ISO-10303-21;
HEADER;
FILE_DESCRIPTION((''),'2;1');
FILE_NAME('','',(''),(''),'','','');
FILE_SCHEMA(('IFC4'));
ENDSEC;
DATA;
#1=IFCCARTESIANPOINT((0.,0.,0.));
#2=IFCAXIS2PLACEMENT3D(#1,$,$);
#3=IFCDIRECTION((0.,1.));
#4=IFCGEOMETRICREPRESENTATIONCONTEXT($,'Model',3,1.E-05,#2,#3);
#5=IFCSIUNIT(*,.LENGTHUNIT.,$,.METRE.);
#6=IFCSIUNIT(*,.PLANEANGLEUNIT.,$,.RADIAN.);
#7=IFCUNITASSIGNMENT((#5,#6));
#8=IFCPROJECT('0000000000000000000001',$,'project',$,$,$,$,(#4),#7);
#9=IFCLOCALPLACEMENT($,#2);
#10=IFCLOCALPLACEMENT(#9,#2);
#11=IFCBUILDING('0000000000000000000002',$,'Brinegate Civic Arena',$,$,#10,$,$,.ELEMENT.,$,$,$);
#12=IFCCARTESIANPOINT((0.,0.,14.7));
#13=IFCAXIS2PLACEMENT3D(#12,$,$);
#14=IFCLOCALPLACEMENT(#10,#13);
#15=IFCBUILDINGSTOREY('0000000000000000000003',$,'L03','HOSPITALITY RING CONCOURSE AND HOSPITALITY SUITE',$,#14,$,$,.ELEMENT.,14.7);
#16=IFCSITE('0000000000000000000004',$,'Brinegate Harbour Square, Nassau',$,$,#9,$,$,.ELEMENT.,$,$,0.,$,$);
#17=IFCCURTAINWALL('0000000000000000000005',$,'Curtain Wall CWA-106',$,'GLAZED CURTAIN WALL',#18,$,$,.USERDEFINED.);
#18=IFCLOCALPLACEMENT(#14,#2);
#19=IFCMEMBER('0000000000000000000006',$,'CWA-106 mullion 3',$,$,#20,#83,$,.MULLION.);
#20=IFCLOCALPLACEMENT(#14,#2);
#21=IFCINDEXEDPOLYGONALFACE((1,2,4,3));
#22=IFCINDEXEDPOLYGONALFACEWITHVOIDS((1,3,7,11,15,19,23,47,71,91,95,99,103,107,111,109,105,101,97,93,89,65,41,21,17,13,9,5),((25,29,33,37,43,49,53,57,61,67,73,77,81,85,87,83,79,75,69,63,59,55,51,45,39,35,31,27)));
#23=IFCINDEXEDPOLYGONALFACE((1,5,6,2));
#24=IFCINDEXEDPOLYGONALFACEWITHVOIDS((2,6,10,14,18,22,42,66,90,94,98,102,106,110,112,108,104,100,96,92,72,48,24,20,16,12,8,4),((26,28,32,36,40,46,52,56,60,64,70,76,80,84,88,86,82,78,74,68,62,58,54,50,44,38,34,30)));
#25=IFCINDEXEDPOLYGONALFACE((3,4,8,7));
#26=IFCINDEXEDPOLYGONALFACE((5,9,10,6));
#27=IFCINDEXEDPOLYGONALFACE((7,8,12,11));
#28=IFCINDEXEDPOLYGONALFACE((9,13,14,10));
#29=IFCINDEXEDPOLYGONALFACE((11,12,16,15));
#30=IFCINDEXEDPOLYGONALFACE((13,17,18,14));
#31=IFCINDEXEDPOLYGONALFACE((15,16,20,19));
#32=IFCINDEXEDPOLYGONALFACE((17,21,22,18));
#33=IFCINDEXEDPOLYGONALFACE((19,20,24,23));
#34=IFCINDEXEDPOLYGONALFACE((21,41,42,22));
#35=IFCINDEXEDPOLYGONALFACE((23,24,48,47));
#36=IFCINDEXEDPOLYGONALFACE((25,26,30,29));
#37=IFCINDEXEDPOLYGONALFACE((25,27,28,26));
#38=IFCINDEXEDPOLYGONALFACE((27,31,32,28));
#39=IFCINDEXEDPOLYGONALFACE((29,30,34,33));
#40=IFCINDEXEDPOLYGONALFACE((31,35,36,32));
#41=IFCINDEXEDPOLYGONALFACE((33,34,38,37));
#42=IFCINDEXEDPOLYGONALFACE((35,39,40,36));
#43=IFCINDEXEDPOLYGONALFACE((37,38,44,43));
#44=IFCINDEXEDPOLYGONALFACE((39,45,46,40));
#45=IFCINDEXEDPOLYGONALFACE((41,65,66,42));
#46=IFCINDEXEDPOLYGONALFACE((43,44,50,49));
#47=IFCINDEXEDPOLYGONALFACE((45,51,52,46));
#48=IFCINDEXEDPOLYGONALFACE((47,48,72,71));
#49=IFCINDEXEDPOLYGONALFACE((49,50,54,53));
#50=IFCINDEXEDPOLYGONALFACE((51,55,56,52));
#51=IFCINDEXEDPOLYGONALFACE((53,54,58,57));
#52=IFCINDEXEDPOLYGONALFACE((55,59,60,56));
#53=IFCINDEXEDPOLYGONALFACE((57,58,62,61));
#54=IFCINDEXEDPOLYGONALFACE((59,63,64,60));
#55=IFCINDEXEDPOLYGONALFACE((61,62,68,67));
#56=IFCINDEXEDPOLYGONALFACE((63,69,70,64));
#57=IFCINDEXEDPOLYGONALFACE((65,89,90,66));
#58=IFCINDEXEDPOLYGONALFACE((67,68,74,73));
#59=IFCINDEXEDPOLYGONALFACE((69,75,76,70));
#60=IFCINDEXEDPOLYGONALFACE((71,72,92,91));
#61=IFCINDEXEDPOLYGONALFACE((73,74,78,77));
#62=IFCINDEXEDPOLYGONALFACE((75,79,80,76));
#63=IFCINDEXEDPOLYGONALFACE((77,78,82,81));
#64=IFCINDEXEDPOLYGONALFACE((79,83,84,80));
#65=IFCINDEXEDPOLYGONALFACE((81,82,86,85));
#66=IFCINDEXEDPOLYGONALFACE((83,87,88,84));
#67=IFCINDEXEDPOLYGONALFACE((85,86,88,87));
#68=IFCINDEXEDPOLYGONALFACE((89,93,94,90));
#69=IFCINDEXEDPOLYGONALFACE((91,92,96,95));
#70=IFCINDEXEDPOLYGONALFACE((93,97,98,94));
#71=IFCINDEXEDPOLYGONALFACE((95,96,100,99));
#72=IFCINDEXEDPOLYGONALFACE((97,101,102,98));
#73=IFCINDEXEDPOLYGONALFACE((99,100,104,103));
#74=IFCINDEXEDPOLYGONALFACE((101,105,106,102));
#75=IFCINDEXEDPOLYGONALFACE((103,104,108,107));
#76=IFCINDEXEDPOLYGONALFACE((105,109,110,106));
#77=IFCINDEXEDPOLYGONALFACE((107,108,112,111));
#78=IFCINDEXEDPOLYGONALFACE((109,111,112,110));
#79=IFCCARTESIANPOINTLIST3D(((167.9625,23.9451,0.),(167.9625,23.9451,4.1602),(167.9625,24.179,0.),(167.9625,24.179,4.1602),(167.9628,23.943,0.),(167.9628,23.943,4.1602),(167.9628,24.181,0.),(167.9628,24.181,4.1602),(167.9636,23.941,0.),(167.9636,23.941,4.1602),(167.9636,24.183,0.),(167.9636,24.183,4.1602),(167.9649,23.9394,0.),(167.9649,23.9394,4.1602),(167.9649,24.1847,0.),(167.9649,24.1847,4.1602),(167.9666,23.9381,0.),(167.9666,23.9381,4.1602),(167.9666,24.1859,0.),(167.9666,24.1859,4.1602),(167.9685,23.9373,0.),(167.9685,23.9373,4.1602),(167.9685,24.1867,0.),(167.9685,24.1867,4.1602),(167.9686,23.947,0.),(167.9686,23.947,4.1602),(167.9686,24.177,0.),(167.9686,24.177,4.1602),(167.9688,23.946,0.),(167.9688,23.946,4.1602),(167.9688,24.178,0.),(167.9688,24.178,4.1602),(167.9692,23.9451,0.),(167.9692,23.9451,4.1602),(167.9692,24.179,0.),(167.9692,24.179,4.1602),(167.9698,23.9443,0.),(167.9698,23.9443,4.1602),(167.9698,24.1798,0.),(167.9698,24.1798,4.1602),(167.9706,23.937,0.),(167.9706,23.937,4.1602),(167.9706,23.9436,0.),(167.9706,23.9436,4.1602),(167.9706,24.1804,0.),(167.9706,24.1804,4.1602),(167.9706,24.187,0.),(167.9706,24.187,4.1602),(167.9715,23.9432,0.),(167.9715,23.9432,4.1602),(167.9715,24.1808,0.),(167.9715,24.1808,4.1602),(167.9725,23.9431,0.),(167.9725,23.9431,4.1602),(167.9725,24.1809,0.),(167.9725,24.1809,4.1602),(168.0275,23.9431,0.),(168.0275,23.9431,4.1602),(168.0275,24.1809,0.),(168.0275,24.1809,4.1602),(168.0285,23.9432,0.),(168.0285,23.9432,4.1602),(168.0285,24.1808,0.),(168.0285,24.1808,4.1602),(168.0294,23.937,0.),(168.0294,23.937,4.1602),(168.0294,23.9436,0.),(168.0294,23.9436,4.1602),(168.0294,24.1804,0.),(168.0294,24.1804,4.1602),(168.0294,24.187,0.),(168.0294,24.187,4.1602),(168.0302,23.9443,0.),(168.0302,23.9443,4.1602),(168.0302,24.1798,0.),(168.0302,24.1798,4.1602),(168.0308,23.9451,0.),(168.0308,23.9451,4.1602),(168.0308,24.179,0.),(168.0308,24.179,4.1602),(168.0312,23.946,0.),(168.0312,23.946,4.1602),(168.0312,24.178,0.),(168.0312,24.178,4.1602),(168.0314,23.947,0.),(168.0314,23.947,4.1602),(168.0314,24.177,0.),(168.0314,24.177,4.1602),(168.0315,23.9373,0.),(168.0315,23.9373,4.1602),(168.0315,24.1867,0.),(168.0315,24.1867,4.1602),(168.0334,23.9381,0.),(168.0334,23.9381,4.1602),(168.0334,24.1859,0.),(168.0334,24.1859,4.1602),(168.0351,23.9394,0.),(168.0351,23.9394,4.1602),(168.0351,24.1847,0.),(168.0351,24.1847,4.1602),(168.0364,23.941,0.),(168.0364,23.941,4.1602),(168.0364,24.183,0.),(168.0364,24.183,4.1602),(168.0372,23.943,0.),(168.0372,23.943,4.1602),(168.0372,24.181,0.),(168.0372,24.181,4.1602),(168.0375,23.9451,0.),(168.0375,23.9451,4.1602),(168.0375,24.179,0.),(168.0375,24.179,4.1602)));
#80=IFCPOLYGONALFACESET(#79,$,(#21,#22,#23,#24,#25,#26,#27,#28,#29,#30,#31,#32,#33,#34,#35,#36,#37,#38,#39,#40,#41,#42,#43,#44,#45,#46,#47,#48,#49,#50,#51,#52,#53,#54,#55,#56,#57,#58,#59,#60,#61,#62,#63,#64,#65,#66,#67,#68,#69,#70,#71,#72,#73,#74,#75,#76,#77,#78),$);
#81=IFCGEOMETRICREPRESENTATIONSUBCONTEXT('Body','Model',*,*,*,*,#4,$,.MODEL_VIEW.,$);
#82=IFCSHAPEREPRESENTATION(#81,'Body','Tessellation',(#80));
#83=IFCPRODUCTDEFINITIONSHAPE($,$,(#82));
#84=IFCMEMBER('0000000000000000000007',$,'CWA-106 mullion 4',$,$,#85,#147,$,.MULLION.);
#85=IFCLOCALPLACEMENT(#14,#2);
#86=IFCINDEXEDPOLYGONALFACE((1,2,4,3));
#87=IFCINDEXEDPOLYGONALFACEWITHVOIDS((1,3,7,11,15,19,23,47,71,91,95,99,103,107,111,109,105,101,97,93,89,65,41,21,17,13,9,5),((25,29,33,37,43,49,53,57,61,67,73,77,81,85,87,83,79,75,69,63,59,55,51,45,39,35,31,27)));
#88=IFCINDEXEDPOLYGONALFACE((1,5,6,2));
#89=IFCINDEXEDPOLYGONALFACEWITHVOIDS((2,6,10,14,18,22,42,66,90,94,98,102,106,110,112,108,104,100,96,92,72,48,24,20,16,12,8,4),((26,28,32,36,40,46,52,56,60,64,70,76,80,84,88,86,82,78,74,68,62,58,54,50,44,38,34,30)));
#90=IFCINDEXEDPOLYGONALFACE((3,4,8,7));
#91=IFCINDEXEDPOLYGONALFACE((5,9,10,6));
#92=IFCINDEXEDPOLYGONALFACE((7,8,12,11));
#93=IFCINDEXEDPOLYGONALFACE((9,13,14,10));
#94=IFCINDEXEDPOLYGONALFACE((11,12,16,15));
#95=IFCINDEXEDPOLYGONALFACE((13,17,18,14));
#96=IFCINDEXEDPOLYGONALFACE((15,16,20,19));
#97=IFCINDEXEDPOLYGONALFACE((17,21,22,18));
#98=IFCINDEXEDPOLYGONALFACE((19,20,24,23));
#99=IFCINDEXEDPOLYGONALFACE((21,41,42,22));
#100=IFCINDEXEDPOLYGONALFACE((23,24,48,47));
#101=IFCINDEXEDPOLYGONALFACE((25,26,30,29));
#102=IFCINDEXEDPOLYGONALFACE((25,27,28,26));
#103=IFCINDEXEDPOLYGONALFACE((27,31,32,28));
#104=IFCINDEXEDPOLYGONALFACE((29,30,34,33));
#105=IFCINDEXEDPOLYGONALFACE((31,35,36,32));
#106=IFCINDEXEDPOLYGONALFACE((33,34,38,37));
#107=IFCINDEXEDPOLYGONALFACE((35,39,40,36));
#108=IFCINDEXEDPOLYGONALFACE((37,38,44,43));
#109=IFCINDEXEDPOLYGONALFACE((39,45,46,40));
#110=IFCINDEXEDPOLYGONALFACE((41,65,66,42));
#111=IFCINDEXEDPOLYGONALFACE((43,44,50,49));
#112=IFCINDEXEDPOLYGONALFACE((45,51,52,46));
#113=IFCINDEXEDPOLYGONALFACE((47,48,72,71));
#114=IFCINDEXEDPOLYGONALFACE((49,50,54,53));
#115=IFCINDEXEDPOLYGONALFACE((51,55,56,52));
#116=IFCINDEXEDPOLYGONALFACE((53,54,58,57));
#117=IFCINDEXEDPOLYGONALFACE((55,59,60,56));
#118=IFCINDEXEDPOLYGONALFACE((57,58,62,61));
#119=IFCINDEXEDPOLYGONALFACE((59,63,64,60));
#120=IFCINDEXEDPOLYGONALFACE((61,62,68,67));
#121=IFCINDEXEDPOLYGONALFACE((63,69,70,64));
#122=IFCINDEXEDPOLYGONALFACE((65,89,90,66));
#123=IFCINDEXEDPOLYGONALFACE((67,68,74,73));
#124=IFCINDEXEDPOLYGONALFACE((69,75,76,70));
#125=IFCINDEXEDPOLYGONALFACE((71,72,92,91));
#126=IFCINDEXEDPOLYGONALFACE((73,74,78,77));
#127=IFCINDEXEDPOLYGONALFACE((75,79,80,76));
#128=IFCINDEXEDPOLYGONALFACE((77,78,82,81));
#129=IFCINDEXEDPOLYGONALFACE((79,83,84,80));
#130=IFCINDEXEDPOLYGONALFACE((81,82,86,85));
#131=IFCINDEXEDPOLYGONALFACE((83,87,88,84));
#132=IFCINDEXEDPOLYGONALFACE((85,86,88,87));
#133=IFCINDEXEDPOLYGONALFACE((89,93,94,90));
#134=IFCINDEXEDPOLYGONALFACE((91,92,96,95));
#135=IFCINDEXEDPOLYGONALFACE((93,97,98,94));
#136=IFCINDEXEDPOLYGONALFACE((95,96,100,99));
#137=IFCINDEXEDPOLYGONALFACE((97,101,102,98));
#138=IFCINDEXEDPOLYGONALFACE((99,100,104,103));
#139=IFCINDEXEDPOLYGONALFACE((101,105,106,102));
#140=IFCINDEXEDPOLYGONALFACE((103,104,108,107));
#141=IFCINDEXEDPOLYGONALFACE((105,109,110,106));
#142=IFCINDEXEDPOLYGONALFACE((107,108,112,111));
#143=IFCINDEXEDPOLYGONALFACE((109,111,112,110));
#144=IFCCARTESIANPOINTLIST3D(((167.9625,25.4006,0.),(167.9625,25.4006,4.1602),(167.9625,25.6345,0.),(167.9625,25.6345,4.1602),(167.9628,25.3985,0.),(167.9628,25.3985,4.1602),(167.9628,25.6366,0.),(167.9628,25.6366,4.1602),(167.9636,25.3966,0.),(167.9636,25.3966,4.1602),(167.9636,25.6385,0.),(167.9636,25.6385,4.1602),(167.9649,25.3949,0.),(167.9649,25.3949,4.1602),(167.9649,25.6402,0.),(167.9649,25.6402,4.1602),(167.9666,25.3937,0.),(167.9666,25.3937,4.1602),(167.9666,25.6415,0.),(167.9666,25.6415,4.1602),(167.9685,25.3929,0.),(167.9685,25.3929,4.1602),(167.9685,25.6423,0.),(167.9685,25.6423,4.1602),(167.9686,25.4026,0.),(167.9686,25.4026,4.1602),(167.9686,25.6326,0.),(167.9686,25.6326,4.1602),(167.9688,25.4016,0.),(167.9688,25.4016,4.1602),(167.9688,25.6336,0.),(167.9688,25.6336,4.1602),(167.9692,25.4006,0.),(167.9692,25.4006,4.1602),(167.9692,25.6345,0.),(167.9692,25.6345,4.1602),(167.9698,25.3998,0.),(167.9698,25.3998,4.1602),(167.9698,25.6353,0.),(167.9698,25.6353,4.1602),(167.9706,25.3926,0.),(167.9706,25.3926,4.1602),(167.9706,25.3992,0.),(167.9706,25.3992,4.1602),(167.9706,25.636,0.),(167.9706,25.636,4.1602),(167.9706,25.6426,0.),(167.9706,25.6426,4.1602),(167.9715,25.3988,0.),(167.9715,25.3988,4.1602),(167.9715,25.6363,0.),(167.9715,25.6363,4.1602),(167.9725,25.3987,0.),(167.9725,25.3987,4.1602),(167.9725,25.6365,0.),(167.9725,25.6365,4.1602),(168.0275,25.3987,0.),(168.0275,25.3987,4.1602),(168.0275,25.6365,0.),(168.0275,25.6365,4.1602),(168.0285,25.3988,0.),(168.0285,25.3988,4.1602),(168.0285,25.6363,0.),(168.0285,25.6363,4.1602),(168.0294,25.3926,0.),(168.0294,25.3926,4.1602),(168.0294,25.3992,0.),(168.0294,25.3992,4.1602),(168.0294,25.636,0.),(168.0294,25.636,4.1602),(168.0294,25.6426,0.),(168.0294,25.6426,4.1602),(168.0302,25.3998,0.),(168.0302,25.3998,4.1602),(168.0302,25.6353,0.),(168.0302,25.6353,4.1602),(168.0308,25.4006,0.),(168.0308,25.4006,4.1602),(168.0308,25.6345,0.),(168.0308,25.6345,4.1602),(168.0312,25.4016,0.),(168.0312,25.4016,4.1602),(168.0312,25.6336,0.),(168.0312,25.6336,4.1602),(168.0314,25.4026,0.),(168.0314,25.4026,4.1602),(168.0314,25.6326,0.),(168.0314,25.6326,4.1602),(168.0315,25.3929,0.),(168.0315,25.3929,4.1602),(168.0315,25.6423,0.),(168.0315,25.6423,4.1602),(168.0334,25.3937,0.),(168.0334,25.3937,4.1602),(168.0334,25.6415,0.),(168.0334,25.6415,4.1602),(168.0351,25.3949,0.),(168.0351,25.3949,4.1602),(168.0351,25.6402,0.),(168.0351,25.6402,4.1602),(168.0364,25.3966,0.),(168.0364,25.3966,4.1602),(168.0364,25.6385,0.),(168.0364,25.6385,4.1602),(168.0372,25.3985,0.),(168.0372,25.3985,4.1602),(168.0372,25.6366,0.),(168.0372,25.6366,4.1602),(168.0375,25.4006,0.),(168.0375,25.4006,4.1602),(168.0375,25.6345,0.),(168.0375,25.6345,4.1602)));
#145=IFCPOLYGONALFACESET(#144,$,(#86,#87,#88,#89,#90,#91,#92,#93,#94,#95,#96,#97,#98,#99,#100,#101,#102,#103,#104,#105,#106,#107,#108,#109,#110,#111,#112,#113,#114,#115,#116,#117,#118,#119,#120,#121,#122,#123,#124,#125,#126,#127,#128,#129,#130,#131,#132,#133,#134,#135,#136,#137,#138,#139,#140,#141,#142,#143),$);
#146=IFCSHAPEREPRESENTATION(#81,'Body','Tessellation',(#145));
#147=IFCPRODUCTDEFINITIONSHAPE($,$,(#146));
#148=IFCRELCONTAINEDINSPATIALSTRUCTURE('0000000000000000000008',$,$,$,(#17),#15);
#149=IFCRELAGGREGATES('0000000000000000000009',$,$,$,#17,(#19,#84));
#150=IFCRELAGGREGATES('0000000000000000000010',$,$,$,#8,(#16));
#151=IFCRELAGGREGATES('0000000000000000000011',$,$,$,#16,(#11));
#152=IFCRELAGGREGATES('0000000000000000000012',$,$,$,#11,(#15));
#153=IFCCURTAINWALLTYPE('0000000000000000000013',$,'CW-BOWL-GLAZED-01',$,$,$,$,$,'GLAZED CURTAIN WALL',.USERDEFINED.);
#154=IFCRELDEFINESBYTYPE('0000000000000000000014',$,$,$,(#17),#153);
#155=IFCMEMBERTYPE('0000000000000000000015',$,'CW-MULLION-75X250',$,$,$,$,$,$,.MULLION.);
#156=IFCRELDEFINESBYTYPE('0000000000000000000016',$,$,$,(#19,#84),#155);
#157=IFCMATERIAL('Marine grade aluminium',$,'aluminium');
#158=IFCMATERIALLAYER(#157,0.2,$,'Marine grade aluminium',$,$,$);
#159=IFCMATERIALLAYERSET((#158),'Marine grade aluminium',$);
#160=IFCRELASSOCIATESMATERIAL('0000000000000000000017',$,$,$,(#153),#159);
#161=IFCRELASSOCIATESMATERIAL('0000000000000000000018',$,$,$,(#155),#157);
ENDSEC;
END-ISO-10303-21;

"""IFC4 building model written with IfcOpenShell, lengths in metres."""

from ifc_helpers import new_model, si_unit, direction, frame, origin, origin_2d, place, context, subcontext, project, spatial, hollow_rectangle, extrude, material, layer, layer_set, material_profile, profile_set, type_object, element, aggregate, save


model = new_model("IFC4")

# Units and contexts
model_context = context("Model", 3, precision=1e-05, world=origin(), true_north=direction((0.0, 1.0)))
body_context = subcontext(model_context, "Body", "Model", "MODEL_VIEW")
ifc_project = project(units=[si_unit("LENGTHUNIT", "METRE"), si_unit("PLANEANGLEUNIT", "RADIAN")], contexts=[model_context])

# Site, building, storey
site_placement = place(None, origin())
site = spatial("IfcSite", under=ifc_project, at=site_placement, Name="Brinegate Harbour Square, Nassau", CompositionType="ELEMENT", RefElevation=0.0)
building_placement = place(site_placement, origin())
building = spatial("IfcBuilding", under=site, at=building_placement, Name="Brinegate Civic Arena", CompositionType="ELEMENT")
storey_placement = place(building_placement, frame((0.0, 0.0, 14.7)))
storey = spatial("IfcBuildingStorey", under=building, at=storey_placement, Name="L03", Description="HOSPITALITY RING CONCOURSE AND HOSPITALITY SUITE", CompositionType="ELEMENT", Elevation=14.7)

# Shared definitions
ifc_material_1 = material(Name="Marine grade aluminium", Category="aluminium")
ifc_layer_1 = layer(ifc_material_1, 0.2, Name="Marine grade aluminium")
ifc_layer_set_1 = layer_set([ifc_layer_1], Name="Marine grade aluminium")
curtain_wall_type = type_object("IfcCurtainWallType", Name="CW-BOWL-GLAZED-01", ElementType="GLAZED CURTAIN WALL", PredefinedType="USERDEFINED", material=ifc_layer_set_1)

# Curtain wall, members
curtain_wall_1_placement = place(storey_placement, origin())
curtain_wall_1 = element("IfcCurtainWall", 1, at=curtain_wall_1_placement, inside=storey, type_object=curtain_wall_type, Name="Curtain Wall CWA-106", ObjectType="GLAZED CURTAIN WALL", PredefinedType="USERDEFINED")
ifc_material_profile_1 = material_profile(ifc_material_1, hollow_rectangle(XDim=0.075, YDim=0.25, WallThickness=0.0061, InnerFilletRadius=0.0039, OuterFilletRadius=0.0081, at=origin_2d()), Name="MUL75X250")
ifc_profile_set_1 = profile_set([ifc_material_profile_1], Name="Marine grade aluminium")
member_type_1 = type_object("IfcMemberType", Name="CW-MULLION-75X250", PredefinedType="MULLION", material=ifc_profile_set_1)
member_1_placement = place(storey_placement, frame((168.0, 24.062, 0.0), z_axis=(0.0, 0.0, 1.0), x_axis=(-1.0, 0.0, 0.0)))
member_1 = element("IfcMember", 2, at=member_1_placement, type_object=member_type_1, Name="CWA-106 mullion 3", PredefinedType="MULLION", context=body_context, shape_type="SweptSolid", body=[
    extrude(hollow_rectangle(XDim=0.075, YDim=0.25, WallThickness=0.0061, InnerFilletRadius=0.0039, OuterFilletRadius=0.0081, at=origin_2d()), origin(), (0.0, 0.0, 1.0), 4.1602),
])
member_2_placement = place(storey_placement, frame((168.0, 25.5176, 0.0), z_axis=(0.0, 0.0, 1.0), x_axis=(-1.0, 0.0, 0.0)))
member_2 = element("IfcMember", 3, at=member_2_placement, type_object=member_type_1, Name="CWA-106 mullion 4", PredefinedType="MULLION", context=body_context, shape_type="SweptSolid", body=[
    extrude(hollow_rectangle(XDim=0.075, YDim=0.25, WallThickness=0.0061, InnerFilletRadius=0.0039, OuterFilletRadius=0.0081, at=origin_2d()), origin(), (0.0, 0.0, 1.0), 4.1602),
])

aggregate(curtain_wall_1, [member_1, member_2])

save(model, "model.ifc")
